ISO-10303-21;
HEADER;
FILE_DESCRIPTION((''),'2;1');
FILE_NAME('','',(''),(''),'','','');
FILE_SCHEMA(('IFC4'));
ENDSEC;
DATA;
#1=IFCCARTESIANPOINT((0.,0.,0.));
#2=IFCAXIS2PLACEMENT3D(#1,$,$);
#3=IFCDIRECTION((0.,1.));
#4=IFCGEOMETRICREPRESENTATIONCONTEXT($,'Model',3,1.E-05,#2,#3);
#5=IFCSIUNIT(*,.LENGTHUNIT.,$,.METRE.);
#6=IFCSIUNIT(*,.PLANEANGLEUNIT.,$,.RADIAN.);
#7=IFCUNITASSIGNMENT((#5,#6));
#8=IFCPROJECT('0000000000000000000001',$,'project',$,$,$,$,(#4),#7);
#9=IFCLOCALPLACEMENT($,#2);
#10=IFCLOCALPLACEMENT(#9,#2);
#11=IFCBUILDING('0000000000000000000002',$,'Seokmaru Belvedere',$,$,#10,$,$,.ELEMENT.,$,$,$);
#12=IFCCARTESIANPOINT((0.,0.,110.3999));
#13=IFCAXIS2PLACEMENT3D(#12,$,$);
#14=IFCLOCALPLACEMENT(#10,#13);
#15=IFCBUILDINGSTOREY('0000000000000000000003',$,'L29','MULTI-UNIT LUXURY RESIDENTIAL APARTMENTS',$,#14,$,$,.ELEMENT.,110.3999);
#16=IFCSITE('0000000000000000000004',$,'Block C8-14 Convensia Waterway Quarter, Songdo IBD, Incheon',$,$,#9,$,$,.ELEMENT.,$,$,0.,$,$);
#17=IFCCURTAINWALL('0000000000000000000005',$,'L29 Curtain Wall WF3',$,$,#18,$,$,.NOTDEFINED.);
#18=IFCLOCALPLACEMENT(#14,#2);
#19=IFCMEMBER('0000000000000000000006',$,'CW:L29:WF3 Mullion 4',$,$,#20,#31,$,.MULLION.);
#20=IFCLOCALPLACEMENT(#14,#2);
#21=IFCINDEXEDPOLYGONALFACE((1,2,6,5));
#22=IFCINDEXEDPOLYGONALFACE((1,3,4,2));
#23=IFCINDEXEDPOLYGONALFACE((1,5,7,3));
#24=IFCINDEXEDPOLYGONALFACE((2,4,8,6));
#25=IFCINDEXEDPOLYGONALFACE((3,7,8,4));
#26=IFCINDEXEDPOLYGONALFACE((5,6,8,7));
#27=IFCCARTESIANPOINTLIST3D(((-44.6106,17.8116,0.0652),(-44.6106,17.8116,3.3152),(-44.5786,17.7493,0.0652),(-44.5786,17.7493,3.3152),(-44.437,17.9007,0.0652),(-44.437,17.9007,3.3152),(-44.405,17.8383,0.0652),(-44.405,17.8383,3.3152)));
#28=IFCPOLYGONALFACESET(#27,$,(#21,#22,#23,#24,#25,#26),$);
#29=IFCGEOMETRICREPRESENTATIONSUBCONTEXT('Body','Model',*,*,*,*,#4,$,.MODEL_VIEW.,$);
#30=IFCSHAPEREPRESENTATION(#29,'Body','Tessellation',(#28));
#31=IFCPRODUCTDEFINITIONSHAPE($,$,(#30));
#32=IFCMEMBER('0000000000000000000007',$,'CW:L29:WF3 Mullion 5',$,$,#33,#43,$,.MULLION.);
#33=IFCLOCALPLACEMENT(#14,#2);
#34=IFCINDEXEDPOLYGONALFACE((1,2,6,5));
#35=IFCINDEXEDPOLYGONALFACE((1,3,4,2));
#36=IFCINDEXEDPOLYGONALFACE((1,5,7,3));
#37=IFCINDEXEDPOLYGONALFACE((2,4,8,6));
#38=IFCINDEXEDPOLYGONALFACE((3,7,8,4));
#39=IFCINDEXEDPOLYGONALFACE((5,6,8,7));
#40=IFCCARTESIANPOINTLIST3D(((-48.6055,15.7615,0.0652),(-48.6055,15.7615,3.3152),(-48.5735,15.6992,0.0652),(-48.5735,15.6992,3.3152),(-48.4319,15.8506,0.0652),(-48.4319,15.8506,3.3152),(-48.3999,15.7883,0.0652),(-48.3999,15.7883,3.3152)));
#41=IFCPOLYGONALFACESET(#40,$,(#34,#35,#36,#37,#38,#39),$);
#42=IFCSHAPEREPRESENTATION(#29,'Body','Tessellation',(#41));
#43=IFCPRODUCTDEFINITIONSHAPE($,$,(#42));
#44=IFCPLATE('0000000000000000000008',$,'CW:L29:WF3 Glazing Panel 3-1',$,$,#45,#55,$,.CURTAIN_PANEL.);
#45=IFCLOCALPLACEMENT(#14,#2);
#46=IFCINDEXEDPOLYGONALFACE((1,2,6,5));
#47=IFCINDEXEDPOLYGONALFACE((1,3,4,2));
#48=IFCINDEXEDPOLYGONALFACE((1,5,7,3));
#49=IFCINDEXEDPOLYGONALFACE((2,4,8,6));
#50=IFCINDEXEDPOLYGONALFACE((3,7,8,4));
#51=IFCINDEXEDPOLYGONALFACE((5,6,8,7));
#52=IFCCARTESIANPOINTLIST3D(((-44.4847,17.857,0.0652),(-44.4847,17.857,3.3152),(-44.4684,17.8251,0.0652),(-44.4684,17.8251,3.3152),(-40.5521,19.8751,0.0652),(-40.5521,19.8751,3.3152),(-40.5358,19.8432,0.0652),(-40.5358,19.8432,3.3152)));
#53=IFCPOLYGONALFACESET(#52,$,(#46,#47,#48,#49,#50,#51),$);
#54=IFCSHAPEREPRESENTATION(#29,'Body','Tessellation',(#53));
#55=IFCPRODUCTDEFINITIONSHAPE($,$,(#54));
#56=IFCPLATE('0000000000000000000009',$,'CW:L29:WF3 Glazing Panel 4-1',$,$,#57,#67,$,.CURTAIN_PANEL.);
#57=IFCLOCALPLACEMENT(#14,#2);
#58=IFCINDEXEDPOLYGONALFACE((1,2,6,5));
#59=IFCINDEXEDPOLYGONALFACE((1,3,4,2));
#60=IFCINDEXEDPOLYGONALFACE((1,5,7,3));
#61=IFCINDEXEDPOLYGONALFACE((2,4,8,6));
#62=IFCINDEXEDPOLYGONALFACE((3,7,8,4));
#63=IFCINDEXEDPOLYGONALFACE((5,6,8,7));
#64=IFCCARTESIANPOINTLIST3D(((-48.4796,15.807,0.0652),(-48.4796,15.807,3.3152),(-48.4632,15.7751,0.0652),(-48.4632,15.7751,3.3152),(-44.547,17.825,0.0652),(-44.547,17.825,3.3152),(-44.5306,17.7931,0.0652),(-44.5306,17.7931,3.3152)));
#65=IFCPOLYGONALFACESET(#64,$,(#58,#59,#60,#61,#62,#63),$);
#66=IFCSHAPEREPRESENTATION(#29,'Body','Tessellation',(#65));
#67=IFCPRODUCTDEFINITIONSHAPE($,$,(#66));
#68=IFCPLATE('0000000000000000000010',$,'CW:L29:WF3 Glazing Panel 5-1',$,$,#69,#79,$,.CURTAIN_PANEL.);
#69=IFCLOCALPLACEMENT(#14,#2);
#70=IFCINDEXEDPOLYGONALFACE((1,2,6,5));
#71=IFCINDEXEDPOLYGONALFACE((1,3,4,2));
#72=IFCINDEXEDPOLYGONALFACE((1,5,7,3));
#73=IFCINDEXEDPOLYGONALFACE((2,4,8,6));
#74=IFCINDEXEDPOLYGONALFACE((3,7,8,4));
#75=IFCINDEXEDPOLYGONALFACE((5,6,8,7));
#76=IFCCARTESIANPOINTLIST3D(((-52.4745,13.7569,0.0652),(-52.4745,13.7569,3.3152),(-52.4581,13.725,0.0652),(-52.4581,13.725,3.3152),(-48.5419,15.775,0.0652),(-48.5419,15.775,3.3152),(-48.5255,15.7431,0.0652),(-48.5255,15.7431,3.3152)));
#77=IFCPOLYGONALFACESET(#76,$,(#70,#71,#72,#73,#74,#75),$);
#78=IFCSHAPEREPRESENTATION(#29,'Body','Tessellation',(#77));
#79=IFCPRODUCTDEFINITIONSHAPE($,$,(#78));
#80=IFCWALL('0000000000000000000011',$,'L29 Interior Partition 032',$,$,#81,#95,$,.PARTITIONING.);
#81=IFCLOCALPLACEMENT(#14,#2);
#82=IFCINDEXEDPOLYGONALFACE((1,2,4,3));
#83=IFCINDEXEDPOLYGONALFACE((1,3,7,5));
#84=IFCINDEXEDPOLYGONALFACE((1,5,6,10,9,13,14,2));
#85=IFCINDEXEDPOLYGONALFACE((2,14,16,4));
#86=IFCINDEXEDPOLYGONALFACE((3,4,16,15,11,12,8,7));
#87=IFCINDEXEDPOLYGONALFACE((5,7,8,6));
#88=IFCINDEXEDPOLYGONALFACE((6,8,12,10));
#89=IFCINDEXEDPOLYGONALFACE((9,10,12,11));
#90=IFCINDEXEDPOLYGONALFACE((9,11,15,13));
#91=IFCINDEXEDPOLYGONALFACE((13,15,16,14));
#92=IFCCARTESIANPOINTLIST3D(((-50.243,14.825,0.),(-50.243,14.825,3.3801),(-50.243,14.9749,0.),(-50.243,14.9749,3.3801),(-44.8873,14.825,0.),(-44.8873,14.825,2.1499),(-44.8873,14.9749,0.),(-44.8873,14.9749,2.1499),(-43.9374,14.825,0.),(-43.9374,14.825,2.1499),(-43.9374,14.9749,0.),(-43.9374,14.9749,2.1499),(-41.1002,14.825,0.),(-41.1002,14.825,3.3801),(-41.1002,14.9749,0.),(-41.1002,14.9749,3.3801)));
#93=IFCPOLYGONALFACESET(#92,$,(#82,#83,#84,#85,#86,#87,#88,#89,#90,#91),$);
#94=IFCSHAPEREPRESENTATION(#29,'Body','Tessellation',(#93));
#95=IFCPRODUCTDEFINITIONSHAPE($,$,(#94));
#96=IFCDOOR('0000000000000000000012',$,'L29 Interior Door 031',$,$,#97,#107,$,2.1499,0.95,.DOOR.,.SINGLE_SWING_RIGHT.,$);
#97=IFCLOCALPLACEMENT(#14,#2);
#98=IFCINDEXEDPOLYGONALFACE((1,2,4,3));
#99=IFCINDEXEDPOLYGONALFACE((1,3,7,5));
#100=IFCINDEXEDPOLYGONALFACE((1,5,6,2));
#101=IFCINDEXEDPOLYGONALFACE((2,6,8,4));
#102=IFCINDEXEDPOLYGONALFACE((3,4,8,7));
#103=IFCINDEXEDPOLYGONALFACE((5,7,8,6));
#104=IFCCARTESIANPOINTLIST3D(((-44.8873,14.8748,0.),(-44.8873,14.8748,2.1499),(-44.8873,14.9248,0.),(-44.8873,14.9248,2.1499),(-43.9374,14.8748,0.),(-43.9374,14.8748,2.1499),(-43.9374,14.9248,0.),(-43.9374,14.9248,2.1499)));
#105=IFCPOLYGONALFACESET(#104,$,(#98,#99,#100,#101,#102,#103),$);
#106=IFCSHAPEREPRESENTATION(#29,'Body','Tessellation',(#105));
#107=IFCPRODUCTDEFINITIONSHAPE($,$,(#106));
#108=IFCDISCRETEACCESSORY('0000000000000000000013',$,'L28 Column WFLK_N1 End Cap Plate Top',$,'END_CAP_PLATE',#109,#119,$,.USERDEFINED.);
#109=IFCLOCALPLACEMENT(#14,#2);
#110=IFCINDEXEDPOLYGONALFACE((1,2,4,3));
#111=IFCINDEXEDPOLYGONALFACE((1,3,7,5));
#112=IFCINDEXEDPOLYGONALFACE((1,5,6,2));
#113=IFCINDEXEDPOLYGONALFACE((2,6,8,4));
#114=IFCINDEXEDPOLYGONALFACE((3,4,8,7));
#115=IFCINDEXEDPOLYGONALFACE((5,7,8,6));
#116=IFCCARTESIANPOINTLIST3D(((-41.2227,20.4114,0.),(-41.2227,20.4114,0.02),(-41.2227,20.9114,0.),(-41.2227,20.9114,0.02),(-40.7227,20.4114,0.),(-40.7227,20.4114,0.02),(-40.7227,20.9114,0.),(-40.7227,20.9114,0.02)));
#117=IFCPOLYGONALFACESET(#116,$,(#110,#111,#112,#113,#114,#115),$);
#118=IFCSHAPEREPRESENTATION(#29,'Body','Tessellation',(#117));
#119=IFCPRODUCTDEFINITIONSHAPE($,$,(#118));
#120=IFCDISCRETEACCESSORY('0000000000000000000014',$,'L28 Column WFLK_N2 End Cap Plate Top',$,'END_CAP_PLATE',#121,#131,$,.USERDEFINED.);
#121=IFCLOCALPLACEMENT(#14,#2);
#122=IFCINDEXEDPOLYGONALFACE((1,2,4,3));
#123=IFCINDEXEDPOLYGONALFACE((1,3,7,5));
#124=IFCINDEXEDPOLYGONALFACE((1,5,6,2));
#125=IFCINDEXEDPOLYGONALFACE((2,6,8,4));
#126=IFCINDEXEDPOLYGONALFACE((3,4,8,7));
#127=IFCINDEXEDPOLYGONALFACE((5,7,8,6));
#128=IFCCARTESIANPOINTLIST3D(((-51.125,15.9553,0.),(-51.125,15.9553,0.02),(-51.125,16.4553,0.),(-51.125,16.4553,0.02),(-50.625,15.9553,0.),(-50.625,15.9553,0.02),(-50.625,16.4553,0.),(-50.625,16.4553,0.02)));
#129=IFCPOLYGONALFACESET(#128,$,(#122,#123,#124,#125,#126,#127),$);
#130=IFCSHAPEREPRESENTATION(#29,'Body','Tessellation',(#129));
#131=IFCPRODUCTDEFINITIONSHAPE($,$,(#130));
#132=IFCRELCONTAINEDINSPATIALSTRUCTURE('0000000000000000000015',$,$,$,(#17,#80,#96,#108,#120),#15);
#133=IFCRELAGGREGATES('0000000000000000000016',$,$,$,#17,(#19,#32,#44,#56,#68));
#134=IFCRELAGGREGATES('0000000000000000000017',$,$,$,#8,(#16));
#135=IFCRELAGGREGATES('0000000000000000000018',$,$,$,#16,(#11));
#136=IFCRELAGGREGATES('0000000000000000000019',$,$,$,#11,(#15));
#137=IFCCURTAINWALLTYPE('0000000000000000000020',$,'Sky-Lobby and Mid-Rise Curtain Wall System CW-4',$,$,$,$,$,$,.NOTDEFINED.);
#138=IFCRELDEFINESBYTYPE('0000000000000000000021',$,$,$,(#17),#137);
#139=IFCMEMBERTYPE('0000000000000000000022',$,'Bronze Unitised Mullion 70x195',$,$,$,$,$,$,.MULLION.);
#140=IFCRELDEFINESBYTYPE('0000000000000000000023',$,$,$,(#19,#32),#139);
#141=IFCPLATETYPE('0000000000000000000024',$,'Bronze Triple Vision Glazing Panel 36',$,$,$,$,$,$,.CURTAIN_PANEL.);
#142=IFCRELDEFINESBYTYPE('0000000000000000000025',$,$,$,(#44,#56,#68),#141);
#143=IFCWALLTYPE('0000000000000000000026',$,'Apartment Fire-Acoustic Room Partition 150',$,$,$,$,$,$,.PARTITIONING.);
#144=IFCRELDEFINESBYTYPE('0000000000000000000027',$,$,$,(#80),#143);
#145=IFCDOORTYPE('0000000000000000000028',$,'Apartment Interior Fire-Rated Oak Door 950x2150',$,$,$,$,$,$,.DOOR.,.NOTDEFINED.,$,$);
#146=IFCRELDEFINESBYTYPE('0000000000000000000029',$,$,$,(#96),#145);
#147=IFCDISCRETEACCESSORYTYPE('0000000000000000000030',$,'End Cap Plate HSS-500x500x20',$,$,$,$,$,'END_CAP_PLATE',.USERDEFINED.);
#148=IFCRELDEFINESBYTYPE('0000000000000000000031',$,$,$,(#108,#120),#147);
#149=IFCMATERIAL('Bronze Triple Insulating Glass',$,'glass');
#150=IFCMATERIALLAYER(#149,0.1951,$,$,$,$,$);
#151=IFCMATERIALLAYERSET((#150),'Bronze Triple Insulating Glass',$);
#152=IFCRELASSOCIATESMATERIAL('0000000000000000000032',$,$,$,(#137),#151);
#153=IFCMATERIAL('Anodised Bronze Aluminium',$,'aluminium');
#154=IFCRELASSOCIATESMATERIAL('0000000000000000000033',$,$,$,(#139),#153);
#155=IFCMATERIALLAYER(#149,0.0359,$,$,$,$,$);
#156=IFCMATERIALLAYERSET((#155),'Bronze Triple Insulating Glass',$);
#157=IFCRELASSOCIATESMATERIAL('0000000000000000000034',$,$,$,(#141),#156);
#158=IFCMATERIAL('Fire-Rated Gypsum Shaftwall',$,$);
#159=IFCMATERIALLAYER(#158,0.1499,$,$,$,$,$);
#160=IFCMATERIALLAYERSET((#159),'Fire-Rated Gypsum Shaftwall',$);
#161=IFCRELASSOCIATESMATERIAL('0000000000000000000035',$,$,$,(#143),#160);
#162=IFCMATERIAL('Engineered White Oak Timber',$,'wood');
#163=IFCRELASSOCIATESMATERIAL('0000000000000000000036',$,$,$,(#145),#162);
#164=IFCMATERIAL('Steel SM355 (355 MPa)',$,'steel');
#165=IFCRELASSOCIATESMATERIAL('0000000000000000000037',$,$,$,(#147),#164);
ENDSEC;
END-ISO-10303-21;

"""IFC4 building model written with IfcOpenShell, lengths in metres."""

from ifc_helpers import new_model, si_unit, direction, frame, frame_2d, origin, origin_2d, place, context, subcontext, project, spatial, rectangle, extrude, source, transform, mapped, material, layer, layer_set, material_profile, profile_set, type_object, type_shapes, element, fill, aggregate, save


model = new_model("IFC4")

# Units and contexts
model_context = context("Model", 3, precision=1e-05, world=origin(), true_north=direction((0.0, 1.0)))
body_context = subcontext(model_context, "Body", "Model", "MODEL_VIEW")
ifc_project = project(units=[si_unit("LENGTHUNIT", "METRE"), si_unit("PLANEANGLEUNIT", "RADIAN")], contexts=[model_context])

# Site, building, storey
site_placement = place(None, origin())
site = spatial("IfcSite", under=ifc_project, at=site_placement, Name="Block C8-14 Convensia Waterway Quarter, Songdo IBD, Incheon", CompositionType="ELEMENT", RefElevation=0.0)
building_placement = place(site_placement, origin())
building = spatial("IfcBuilding", under=site, at=building_placement, Name="Seokmaru Belvedere", CompositionType="ELEMENT")
storey_placement = place(building_placement, frame((0.0, 0.0, 110.3999)))
storey = spatial("IfcBuildingStorey", under=building, at=storey_placement, Name="L29", Description="MULTI-UNIT LUXURY RESIDENTIAL APARTMENTS", CompositionType="ELEMENT", Elevation=110.3999)

# Shared definitions
ifc_material_1 = material(Name="Steel SM355 (355 MPa)", Category="steel")

# Curtain wall, members, plates
ifc_material_2 = material(Name="Bronze Triple Insulating Glass", Category="glass")
ifc_layer_1 = layer(ifc_material_2, 0.1951)
ifc_layer_set_1 = layer_set([ifc_layer_1], Name="Bronze Triple Insulating Glass")
curtain_wall_type = type_object("IfcCurtainWallType", Name="Sky-Lobby and Mid-Rise Curtain Wall System CW-4", PredefinedType="NOTDEFINED", material=ifc_layer_set_1)
curtain_wall_placement = place(storey_placement, origin())
curtain_wall = element("IfcCurtainWall", 1, at=curtain_wall_placement, inside=storey, type_object=curtain_wall_type, Name="L29 Curtain Wall WF3", PredefinedType="NOTDEFINED")
ifc_material_3 = material(Name="Anodised Bronze Aluminium", Category="aluminium")
ifc_material_profile_1 = material_profile(ifc_material_3, rectangle(XDim=0.0701, YDim=0.1951, at=origin_2d()), Name="CW-M-70x195")
ifc_profile_set_1 = profile_set([ifc_material_profile_1], Name="Anodised Bronze Aluminium")
member_type = type_object("IfcMemberType", Name="Bronze Unitised Mullion 70x195", PredefinedType="MULLION", material=ifc_profile_set_1)
shared_shape_1 = source(origin(), body_context, "Body", "SweptSolid", [
    extrude(rectangle(XDim=0.0701, YDim=0.1951, at=origin_2d()), origin(), (0.0, 0.0, 1.0), 3.25),
])
type_shapes(member_type, [shared_shape_1])
member_1_placement = place(storey_placement, frame((-44.5078, 17.825, 0.0652), z_axis=(0.0, 0.0, 1.0), x_axis=(0.456555, -0.889695, 0.0)))
member_1 = element("IfcMember", 2, at=member_1_placement, type_object=member_type, Name="CW:L29:WF3 Mullion 4", PredefinedType="MULLION", context=body_context, shape_type="MappedRepresentation", body=[
    mapped(shared_shape_1, transform((0.0, 0.0, 0.0), scale=1.0)),
])
member_2_placement = place(storey_placement, frame((-48.5027, 15.7749, 0.0652), z_axis=(0.0, 0.0, 1.0), x_axis=(0.456555, -0.889695, 0.0)))
member_2 = element("IfcMember", 3, at=member_2_placement, type_object=member_type, Name="CW:L29:WF3 Mullion 5", PredefinedType="MULLION", context=body_context, shape_type="MappedRepresentation", body=[
    mapped(shared_shape_1, transform((0.0, 0.0, 0.0), scale=1.0)),
])
ifc_layer_2 = layer(ifc_material_2, 0.0359)
ifc_layer_set_2 = layer_set([ifc_layer_2], Name="Bronze Triple Insulating Glass")
plate_type = type_object("IfcPlateType", Name="Bronze Triple Vision Glazing Panel 36", PredefinedType="CURTAIN_PANEL", material=ifc_layer_set_2)
shared_shape_2 = source(origin(), body_context, "Body", "SweptSolid", [
    extrude(rectangle(XDim=4.4202, YDim=0.0359, at=origin_2d()), origin(), (0.0, 0.0, 1.0), 3.25),
])
type_shapes(plate_type, [shared_shape_2])
plate_1_placement = place(storey_placement, frame((-42.5103, 18.8501, 0.0652), z_axis=(0.0, 0.0, 1.0), x_axis=(-0.889695, -0.456555, 0.0)))
plate_1 = element("IfcPlate", 4, at=plate_1_placement, type_object=plate_type, Name="CW:L29:WF3 Glazing Panel 3-1", PredefinedType="CURTAIN_PANEL", context=body_context, shape_type="MappedRepresentation", body=[
    mapped(shared_shape_2, transform((0.0, 0.0, 0.0), scale=1.0)),
])
plate_2_placement = place(storey_placement, frame((-46.5051, 16.8, 0.0652), z_axis=(0.0, 0.0, 1.0), x_axis=(-0.889695, -0.456555, 0.0)))
plate_2 = element("IfcPlate", 5, at=plate_2_placement, type_object=plate_type, Name="CW:L29:WF3 Glazing Panel 4-1", PredefinedType="CURTAIN_PANEL", context=body_context, shape_type="MappedRepresentation", body=[
    mapped(shared_shape_2, transform((0.0, 0.0, 0.0), scale=1.0)),
])
plate_3_placement = place(storey_placement, frame((-50.5, 14.75, 0.0652), z_axis=(0.0, 0.0, 1.0), x_axis=(-0.889695, -0.456555, 0.0)))
plate_3 = element("IfcPlate", 6, at=plate_3_placement, type_object=plate_type, Name="CW:L29:WF3 Glazing Panel 5-1", PredefinedType="CURTAIN_PANEL", context=body_context, shape_type="MappedRepresentation", body=[
    mapped(shared_shape_2, transform((0.0, 0.0, 0.0), scale=1.0)),
])
aggregate(curtain_wall, [member_1, member_2, plate_1, plate_2, plate_3])

# Wall, opening, door
ifc_material_4 = material(Name="Fire-Rated Gypsum Shaftwall")
ifc_layer_3 = layer(ifc_material_4, 0.1499)
ifc_layer_set_3 = layer_set([ifc_layer_3], Name="Fire-Rated Gypsum Shaftwall")
wall_type = type_object("IfcWallType", Name="Apartment Fire-Acoustic Room Partition 150", PredefinedType="PARTITIONING", material=ifc_layer_set_3)
wall_placement = place(storey_placement, frame((-50.2429, 14.8999, 0.0), z_axis=(0.0, 0.0, 1.0), x_axis=(1.0, 0.0, 0.0)))
wall = element("IfcWall", 7, at=wall_placement, inside=storey, type_object=wall_type, Name="L29 Interior Partition 032", PredefinedType="PARTITIONING", context=body_context, shape_type="SweptSolid", body=[
    extrude(rectangle(XDim=9.1428, YDim=0.1499, at=frame_2d((4.5713, 0.0))), origin(), (0.0, 0.0, 1.0), 3.3801),
])
opening_placement = place(wall_placement, frame((5.3555, 0.0, 0.0)))
opening = element("IfcOpeningElement", 8, at=opening_placement, cuts=wall, PredefinedType="OPENING", context=body_context, shape_type="SweptSolid", body=[
    extrude(rectangle(XDim=0.95, YDim=2.1499, at=frame_2d((0.4751, 1.075))), frame((0.0, 0.085, 0.0), z_axis=(0.0, -1.0, 0.0), x_axis=(1.0, 0.0, 0.0)), (0.0, 0.0, 1.0), 0.1699),
])
ifc_material_5 = material(Name="Engineered White Oak Timber", Category="wood")
door_type = type_object("IfcDoorType", Name="Apartment Interior Fire-Rated Oak Door 950x2150", OperationType="NOTDEFINED", PredefinedType="DOOR", material=ifc_material_5)
shared_shape_3 = source(origin(), body_context, "Body", "SweptSolid", [
    extrude(rectangle(XDim=0.95, YDim=2.1499, at=frame_2d((0.4751, 1.075))), frame((0.0, 0.0249, 0.0), z_axis=(0.0, -1.0, 0.0), x_axis=(1.0, 0.0, 0.0)), (0.0, 0.0, 1.0), 0.05),
])
type_shapes(door_type, [shared_shape_3])
door_placement = place(opening_placement, origin())
door = element("IfcDoor", 9, at=door_placement, inside=storey, type_object=door_type, Name="L29 Interior Door 031", OperationType="SINGLE_SWING_RIGHT", OverallHeight=2.1499, OverallWidth=0.95, PredefinedType="DOOR", context=body_context, shape_type="MappedRepresentation", body=[
    mapped(shared_shape_3, transform((0.0, 0.0, 0.0), scale=1.0)),
])
fill(opening, door)

# Discrete accessories
discrete_accessory_type = type_object("IfcDiscreteAccessoryType", Name="End Cap Plate HSS-500x500x20", ElementType="END_CAP_PLATE", PredefinedType="USERDEFINED", material=ifc_material_1)
shared_shape_4 = source(origin(), body_context, "Body", "SweptSolid", [
    extrude(rectangle(XDim=0.5, YDim=0.5, at=origin_2d()), origin(), (0.0, 0.0, 1.0), 0.02),
])
type_shapes(discrete_accessory_type, [shared_shape_4])
for number, where, z_axis, x_axis, name in (
    (10, (-40.9727, 20.6614, 0.0), (0.0, 0.0, 1.0), (1.0, 0.0, 0.0), "L28 Column WFLK_N1 End Cap Plate Top"),
    (11, (-50.875, 16.2053, 0.0), (0.0, 0.0, 1.0), (1.0, 0.0, 0.0), "L28 Column WFLK_N2 End Cap Plate Top"),
):
    element("IfcDiscreteAccessory", number, at=place(storey_placement, frame(where, z_axis=z_axis, x_axis=x_axis)), inside=storey, type_object=discrete_accessory_type, Name=name, ObjectType="END_CAP_PLATE", PredefinedType="USERDEFINED", context=body_context, shape_type="MappedRepresentation", body=[
        mapped(shared_shape_4, transform((0.0, 0.0, 0.0), scale=1.0)),
    ])

save(model, "model.ifc")
